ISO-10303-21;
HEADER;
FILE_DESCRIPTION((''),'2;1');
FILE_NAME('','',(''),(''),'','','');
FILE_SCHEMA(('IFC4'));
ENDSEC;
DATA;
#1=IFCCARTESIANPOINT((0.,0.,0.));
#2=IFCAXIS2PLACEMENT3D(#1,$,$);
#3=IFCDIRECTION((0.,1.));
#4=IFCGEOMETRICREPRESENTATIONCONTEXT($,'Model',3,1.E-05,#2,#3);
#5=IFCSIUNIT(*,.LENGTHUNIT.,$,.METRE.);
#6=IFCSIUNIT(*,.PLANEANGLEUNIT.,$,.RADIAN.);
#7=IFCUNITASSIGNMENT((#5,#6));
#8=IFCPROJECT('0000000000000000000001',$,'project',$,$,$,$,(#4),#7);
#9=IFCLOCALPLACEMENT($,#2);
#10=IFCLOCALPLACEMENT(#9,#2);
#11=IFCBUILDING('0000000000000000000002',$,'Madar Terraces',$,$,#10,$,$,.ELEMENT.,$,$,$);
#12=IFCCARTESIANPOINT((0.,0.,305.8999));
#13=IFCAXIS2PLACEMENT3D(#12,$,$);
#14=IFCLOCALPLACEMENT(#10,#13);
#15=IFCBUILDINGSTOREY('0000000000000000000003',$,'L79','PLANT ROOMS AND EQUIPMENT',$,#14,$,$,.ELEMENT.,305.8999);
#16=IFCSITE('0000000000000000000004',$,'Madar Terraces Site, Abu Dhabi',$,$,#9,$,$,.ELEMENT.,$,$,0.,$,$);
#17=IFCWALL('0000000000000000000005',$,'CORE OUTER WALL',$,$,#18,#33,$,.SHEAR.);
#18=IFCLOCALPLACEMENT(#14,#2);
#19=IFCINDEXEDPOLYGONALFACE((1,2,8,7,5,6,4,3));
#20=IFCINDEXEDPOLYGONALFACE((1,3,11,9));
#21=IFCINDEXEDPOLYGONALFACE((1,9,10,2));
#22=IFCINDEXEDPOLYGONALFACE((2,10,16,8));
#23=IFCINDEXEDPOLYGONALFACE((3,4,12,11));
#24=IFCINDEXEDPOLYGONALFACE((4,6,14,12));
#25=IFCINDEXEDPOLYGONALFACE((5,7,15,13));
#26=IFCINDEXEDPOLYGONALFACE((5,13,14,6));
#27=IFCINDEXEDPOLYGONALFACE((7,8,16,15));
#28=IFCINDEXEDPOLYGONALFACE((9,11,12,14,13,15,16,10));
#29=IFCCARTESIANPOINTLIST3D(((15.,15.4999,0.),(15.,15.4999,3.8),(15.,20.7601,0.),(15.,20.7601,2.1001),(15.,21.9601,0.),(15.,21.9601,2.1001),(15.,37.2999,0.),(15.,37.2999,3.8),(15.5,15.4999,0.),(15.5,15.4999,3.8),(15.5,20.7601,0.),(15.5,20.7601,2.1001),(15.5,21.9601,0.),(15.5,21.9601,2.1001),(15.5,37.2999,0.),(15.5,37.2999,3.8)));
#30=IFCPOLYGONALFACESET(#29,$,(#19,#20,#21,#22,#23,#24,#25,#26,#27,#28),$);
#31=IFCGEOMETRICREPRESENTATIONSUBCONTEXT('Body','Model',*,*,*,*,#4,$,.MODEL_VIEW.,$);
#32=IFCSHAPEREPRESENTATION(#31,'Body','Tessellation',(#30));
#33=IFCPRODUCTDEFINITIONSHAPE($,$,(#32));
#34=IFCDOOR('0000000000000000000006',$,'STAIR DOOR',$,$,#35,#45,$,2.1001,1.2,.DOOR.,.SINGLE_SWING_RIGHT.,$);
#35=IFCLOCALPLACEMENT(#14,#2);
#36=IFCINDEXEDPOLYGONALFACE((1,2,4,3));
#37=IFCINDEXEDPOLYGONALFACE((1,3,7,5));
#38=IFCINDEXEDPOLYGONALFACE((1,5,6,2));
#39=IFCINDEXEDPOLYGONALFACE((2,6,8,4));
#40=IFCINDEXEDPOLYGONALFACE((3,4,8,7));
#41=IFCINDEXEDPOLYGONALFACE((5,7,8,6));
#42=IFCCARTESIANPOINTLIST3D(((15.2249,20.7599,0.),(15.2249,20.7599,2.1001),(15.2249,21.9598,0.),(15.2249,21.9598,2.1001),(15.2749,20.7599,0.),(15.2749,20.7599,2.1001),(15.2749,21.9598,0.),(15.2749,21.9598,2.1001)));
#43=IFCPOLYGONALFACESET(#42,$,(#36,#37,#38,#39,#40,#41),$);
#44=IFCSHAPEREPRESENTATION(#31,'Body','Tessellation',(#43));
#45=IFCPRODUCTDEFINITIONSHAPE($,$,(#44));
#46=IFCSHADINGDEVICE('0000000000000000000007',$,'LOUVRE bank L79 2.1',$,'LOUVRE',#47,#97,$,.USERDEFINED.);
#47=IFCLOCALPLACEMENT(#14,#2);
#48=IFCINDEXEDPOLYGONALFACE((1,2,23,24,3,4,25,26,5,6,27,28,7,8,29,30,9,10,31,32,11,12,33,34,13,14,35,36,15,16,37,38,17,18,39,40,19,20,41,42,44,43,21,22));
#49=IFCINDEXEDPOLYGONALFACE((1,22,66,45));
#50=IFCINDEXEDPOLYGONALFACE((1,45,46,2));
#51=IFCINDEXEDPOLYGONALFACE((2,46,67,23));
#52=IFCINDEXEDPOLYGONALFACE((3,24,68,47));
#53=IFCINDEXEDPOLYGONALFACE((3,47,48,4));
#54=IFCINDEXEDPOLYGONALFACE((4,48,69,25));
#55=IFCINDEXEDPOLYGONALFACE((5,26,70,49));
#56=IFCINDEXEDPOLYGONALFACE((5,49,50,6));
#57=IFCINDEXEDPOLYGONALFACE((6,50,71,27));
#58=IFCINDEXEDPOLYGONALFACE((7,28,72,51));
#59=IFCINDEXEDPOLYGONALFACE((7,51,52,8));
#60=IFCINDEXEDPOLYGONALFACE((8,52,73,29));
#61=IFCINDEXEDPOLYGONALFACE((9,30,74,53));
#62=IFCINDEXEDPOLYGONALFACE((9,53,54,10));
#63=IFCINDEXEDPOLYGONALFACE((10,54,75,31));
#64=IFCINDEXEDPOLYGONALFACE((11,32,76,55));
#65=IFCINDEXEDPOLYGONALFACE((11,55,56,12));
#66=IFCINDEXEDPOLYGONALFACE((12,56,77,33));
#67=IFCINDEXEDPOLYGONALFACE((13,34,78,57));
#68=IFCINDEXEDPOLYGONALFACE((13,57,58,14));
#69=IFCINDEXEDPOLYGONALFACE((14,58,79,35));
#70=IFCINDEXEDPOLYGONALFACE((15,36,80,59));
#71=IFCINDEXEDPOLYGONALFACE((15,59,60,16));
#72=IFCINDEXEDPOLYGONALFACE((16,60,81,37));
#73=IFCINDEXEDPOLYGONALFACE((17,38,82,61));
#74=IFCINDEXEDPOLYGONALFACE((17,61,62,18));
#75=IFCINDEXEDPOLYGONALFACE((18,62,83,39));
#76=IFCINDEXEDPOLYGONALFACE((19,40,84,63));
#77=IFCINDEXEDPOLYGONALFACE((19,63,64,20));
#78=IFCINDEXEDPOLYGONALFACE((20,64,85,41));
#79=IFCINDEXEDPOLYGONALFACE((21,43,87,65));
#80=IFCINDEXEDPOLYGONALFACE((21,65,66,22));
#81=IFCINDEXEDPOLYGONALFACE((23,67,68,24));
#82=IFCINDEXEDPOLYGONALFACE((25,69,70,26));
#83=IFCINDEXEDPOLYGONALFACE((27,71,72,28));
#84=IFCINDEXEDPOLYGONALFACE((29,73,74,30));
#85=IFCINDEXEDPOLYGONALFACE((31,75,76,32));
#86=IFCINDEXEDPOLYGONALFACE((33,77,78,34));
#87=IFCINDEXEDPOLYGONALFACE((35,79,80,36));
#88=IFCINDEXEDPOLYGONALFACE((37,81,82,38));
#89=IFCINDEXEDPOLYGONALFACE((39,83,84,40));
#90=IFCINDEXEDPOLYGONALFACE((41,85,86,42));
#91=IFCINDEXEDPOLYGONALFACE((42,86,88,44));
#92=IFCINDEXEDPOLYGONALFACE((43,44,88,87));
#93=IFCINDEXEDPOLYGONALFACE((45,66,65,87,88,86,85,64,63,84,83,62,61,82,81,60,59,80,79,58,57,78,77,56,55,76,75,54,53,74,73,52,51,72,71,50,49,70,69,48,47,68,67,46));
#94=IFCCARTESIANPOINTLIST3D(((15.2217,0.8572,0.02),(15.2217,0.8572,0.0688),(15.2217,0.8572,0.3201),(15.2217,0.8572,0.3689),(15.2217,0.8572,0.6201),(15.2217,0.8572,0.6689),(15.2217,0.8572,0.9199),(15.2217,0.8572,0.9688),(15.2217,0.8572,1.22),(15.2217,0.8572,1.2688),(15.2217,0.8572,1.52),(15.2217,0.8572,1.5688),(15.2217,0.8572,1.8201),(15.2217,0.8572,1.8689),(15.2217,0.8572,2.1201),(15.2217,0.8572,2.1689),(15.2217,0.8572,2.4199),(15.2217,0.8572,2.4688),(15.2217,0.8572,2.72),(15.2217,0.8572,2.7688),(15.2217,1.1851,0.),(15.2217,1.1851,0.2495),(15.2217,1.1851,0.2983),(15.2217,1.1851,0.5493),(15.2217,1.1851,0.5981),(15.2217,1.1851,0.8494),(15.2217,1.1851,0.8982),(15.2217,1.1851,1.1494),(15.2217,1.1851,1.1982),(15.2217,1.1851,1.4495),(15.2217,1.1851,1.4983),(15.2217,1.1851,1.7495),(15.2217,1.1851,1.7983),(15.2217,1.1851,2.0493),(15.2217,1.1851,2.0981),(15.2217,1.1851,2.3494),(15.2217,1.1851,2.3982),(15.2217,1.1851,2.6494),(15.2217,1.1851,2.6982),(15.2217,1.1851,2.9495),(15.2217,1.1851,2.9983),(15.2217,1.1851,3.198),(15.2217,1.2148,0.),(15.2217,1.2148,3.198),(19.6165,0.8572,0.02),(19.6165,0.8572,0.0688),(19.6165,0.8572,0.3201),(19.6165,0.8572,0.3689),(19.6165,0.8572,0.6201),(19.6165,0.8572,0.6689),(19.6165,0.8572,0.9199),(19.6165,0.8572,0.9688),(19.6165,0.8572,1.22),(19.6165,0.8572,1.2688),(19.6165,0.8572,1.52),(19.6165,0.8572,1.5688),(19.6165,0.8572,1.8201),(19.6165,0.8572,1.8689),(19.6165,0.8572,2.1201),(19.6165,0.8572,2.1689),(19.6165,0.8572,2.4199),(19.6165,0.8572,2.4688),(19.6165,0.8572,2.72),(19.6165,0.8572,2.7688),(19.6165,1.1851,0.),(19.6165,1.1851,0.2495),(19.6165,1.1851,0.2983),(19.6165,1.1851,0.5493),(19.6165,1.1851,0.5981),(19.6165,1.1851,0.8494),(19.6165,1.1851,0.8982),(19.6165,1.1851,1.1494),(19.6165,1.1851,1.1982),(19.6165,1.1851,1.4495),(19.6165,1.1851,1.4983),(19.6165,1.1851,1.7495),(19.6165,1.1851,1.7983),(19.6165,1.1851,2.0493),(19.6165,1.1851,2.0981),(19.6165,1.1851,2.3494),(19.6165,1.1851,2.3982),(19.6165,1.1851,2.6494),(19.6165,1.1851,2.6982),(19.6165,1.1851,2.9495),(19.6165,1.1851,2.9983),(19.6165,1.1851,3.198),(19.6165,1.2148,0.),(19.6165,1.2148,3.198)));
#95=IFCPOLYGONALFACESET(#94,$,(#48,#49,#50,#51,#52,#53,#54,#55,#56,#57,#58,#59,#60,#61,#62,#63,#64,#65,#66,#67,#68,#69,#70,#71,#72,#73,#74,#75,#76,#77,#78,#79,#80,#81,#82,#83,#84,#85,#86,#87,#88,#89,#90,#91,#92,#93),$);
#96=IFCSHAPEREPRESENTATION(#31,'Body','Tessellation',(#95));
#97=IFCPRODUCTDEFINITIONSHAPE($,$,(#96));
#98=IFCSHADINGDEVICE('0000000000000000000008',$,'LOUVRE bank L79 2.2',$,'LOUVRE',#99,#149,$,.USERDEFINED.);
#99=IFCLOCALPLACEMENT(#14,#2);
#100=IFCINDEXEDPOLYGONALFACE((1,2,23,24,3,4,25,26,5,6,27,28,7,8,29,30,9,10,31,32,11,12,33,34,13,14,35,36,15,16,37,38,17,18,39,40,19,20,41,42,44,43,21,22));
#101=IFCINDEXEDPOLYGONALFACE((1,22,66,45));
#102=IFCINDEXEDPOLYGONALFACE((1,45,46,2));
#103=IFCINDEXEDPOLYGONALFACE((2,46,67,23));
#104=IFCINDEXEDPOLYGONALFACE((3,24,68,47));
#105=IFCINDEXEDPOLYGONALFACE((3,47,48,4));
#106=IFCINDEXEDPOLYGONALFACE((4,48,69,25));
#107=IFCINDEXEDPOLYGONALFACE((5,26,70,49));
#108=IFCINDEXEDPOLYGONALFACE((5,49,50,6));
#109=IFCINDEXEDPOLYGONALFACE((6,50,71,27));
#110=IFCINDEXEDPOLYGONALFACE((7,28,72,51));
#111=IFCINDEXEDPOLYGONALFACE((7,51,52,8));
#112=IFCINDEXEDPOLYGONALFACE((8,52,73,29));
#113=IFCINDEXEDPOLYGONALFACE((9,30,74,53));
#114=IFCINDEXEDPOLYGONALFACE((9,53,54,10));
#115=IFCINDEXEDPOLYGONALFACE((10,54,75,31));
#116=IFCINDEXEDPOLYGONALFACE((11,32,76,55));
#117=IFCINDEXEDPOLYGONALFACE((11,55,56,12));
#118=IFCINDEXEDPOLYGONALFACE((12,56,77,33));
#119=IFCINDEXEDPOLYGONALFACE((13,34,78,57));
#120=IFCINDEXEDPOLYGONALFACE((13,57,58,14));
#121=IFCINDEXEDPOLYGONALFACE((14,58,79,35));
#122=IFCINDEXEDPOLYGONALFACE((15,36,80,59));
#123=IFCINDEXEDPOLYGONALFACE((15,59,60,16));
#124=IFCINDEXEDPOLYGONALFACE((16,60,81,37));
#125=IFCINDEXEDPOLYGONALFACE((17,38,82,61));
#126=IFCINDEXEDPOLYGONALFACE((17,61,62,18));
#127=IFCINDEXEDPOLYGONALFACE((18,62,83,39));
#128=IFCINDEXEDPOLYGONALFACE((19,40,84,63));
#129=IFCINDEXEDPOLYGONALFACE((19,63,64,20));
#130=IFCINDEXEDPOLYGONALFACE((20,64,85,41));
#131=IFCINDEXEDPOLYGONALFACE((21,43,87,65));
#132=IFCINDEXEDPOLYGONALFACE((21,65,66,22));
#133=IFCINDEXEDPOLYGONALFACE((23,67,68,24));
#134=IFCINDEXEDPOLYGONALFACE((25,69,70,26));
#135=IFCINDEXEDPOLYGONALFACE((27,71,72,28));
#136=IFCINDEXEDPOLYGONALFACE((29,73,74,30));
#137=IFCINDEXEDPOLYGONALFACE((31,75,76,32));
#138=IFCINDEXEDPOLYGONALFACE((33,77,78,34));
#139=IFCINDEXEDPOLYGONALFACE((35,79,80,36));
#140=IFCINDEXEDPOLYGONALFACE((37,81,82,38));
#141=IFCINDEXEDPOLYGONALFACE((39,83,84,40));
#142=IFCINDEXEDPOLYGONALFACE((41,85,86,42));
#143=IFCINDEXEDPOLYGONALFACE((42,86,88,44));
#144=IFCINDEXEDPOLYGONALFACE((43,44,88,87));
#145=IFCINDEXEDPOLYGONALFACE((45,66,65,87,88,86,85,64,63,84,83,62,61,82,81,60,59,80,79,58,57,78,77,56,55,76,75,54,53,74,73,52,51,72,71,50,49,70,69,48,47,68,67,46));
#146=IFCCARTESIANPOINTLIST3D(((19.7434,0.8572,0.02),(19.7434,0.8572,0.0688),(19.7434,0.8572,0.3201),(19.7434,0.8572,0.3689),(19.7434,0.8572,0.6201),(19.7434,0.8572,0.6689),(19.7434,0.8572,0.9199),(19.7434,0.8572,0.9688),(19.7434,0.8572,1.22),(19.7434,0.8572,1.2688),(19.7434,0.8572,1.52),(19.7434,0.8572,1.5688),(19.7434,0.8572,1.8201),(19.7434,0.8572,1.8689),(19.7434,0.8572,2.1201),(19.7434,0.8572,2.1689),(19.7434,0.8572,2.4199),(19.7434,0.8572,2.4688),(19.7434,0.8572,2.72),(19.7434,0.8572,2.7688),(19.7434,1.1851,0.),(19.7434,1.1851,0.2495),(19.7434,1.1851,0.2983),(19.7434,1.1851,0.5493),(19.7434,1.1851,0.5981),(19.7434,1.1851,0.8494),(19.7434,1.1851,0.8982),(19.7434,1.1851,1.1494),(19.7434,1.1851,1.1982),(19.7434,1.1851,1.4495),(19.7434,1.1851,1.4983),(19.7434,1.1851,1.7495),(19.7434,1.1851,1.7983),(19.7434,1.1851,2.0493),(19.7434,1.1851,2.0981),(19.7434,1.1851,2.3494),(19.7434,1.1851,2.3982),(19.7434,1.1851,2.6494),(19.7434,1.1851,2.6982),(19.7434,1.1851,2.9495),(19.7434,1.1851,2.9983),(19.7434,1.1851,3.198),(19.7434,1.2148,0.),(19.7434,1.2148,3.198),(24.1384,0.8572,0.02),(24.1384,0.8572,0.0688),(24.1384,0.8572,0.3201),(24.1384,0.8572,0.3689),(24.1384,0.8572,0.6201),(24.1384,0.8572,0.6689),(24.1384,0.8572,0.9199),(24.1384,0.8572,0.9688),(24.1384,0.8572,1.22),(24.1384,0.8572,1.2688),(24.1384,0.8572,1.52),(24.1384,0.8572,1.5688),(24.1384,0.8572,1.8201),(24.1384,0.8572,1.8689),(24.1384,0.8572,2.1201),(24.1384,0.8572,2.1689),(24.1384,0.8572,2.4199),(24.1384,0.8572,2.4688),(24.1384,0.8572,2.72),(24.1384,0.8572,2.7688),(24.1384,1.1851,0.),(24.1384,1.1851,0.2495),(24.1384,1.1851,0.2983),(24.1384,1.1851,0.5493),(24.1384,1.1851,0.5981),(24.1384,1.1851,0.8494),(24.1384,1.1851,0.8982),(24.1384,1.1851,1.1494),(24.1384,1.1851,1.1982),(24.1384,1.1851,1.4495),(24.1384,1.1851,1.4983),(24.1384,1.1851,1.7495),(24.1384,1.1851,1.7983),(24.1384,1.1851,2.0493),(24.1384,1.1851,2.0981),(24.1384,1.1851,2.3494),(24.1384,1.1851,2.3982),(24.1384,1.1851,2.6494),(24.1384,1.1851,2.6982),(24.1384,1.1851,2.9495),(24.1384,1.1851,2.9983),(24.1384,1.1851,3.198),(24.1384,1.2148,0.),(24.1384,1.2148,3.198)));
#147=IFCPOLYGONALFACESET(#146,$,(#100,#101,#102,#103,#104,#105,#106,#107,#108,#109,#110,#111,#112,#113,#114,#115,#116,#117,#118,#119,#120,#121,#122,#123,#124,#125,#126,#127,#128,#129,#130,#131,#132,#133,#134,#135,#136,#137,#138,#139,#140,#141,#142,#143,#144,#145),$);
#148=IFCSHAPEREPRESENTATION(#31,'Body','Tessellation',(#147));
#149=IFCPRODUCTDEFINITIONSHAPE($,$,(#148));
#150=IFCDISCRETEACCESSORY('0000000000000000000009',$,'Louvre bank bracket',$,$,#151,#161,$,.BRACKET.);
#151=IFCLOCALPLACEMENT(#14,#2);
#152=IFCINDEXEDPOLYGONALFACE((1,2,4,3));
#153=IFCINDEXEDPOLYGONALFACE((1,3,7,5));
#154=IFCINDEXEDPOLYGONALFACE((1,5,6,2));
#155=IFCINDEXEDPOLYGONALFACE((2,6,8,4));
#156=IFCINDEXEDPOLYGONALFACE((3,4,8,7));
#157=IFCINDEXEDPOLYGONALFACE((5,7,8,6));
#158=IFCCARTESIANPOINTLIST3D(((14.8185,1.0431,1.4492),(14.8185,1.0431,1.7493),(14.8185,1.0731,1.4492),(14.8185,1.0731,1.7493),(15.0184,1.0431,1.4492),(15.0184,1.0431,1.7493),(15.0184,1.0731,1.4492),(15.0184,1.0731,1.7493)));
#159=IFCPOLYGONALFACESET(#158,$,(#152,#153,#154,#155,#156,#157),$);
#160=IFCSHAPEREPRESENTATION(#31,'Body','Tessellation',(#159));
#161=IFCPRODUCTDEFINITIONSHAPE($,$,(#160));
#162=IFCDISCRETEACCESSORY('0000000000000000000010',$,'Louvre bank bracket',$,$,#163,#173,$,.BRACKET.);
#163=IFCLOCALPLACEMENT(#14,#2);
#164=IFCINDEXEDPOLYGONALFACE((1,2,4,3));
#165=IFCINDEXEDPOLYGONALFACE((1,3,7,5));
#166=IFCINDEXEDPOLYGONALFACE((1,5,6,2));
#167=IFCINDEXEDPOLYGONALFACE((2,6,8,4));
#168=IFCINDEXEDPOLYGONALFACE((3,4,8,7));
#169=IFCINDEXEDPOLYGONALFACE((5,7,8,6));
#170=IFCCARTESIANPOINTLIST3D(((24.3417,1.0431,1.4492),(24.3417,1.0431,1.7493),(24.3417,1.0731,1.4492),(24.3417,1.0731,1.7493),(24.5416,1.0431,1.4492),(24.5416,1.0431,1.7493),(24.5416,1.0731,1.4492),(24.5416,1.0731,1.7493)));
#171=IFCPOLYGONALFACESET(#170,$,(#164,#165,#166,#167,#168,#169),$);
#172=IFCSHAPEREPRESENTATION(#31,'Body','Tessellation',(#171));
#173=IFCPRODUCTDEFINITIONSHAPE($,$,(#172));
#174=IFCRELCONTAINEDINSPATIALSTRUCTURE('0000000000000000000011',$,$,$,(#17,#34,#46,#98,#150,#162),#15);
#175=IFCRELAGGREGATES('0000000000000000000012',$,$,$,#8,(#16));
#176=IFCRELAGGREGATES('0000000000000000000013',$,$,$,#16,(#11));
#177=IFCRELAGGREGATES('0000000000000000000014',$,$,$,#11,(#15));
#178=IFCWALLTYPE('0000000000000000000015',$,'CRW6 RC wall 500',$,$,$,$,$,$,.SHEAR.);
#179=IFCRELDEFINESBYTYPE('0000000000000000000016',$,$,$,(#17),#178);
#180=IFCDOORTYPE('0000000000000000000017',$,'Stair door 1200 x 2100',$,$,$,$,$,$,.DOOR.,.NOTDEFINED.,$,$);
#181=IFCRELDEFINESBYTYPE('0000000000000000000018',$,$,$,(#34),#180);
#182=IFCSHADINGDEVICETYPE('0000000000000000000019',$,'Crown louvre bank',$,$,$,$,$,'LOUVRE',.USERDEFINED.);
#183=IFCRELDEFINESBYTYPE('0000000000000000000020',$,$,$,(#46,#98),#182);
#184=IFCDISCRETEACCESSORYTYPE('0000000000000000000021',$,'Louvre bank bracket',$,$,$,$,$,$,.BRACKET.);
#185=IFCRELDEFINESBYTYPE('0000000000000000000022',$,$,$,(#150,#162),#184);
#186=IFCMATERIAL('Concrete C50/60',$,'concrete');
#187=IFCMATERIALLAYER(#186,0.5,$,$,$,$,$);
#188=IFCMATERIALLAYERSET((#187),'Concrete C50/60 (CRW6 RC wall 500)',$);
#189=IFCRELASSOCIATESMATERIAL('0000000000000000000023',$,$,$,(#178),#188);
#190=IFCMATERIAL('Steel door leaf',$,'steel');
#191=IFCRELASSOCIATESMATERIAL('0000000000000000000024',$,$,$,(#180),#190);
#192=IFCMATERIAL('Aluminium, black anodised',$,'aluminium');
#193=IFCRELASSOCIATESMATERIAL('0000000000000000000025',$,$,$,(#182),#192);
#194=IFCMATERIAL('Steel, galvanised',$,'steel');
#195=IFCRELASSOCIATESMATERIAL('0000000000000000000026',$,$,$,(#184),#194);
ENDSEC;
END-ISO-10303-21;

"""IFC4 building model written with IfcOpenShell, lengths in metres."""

from ifc_helpers import new_model, si_unit, direction, frame, frame_2d, origin, origin_2d, place, context, subcontext, project, spatial, polyline, rectangle, outline, extrude, material, layer, layer_set, type_object, element, fill, save


model = new_model("IFC4")

# Units and contexts
model_context = context("Model", 3, precision=1e-05, world=origin(), true_north=direction((0.0, 1.0)))
body_context = subcontext(model_context, "Body", "Model", "MODEL_VIEW")
ifc_project = project(units=[si_unit("LENGTHUNIT", "METRE"), si_unit("PLANEANGLEUNIT", "RADIAN")], contexts=[model_context])

# Site, building, storey
site_placement = place(None, origin())
site = spatial("IfcSite", under=ifc_project, at=site_placement, Name="Madar Terraces Site, Abu Dhabi", CompositionType="ELEMENT", RefElevation=0.0)
building_placement = place(site_placement, origin())
building = spatial("IfcBuilding", under=site, at=building_placement, Name="Madar Terraces", CompositionType="ELEMENT")
storey_placement = place(building_placement, frame((0.0, 0.0, 305.8999)))
storey = spatial("IfcBuildingStorey", under=building, at=storey_placement, Name="L79", Description="PLANT ROOMS AND EQUIPMENT", CompositionType="ELEMENT", Elevation=305.8999)

# Wall, opening, door
ifc_material_1 = material(Name="Concrete C50/60", Category="concrete")
ifc_layer = layer(ifc_material_1, 0.5)
ifc_layer_set = layer_set([ifc_layer], Name="Concrete C50/60 (CRW6 RC wall 500)")
wall_type = type_object("IfcWallType", Name="CRW6 RC wall 500", PredefinedType="SHEAR", material=ifc_layer_set)
wall_1_placement = place(storey_placement, frame((15.25, 15.5, 0.0), z_axis=(0.0, 0.0, 1.0), x_axis=(0.0, 1.0, 0.0)))
wall_1 = element("IfcWall", 1, at=wall_1_placement, inside=storey, type_object=wall_type, Name="CORE OUTER WALL", PredefinedType="SHEAR", context=body_context, shape_type="SweptSolid", body=[
    extrude(rectangle(XDim=21.8, YDim=0.5, at=frame_2d((10.8999, 0.0))), origin(), (0.0, 0.0, 1.0), 3.8),
])
opening_1_placement = place(wall_1_placement, frame((5.26, 0.0, 0.0)))
opening_1 = element("IfcOpeningElement", 2, at=opening_1_placement, cuts=wall_1, PredefinedType="OPENING", context=body_context, shape_type="SweptSolid", body=[
    extrude(rectangle(XDim=1.2, YDim=2.1001, at=frame_2d((0.6001, 1.05))), frame((0.0, 0.26, 0.0), z_axis=(0.0, -1.0, 0.0), x_axis=(1.0, 0.0, 0.0)), (0.0, 0.0, 1.0), 0.52),
])
ifc_material_2 = material(Name="Steel door leaf", Category="steel")
door_type_1 = type_object("IfcDoorType", Name="Stair door 1200 x 2100", OperationType="NOTDEFINED", PredefinedType="DOOR", material=ifc_material_2)
door_1_placement = place(opening_1_placement, frame((1.2, 0.0, 0.0), z_axis=(0.0, 0.0, 1.0), x_axis=(-1.0, 0.0, 0.0)))
door_1 = element("IfcDoor", 3, at=door_1_placement, inside=storey, type_object=door_type_1, Name="STAIR DOOR", OperationType="SINGLE_SWING_RIGHT", OverallHeight=2.1001, OverallWidth=1.2, PredefinedType="DOOR", context=body_context, shape_type="SweptSolid", body=[
    extrude(rectangle(XDim=1.2, YDim=2.1001, at=frame_2d((0.6001, 1.05))), frame((0.0, 0.0249, 0.0), z_axis=(0.0, -1.0, 0.0), x_axis=(1.0, 0.0, 0.0)), (0.0, 0.0, 1.0), 0.05),
])
fill(opening_1, door_1)

# Shading devices
ifc_material_3 = material(Name="Aluminium, black anodised", Category="aluminium")
shading_device_type = type_object("IfcShadingDeviceType", Name="Crown louvre bank", ElementType="LOUVRE", PredefinedType="USERDEFINED", material=ifc_material_3)
shading_device_1_placement = place(storey_placement, frame((15.2217, 1.2, 0.0), z_axis=(1.0, 0.0, 0.0), x_axis=(0.0, 1.0, 0.0)))
element("IfcShadingDevice", 4, at=shading_device_1_placement, inside=storey, type_object=shading_device_type, Name="LOUVRE bank L79 2.1", ObjectType="LOUVRE", PredefinedType="USERDEFINED", context=body_context, shape_type="SweptSolid", body=[
    extrude(outline(polyline([(0.0149, 0.0), (-0.0149, 0.0), (-0.0149, 0.2495), (-0.3428, 0.02), (-0.3428, 0.0688), (-0.0149, 0.2983), (-0.0149, 0.5493), (-0.3428, 0.3201), (-0.3428, 0.3689), (-0.0149, 0.5981), (-0.0149, 0.8494), (-0.3428, 0.6201), (-0.3428, 0.6689), (-0.0149, 0.8982), (-0.0149, 1.1494), (-0.3428, 0.9199), (-0.3428, 0.9688), (-0.0149, 1.1982), (-0.0149, 1.4495), (-0.3428, 1.22), (-0.3428, 1.2688), (-0.0149, 1.4983), (-0.0149, 1.7495), (-0.3428, 1.52), (-0.3428, 1.5688), (-0.0149, 1.7983), (-0.0149, 2.0493), (-0.3428, 1.8201), (-0.3428, 1.8689), (-0.0149, 2.0981), (-0.0149, 2.3494), (-0.3428, 2.1201), (-0.3428, 2.1689), (-0.0149, 2.3982), (-0.0149, 2.6494), (-0.3428, 2.4199), (-0.3428, 2.4688), (-0.0149, 2.6982), (-0.0149, 2.9495), (-0.3428, 2.72), (-0.3428, 2.7688), (-0.0149, 2.9983), (-0.0149, 3.198), (0.0149, 3.198), (0.0149, 0.0)])), origin(), (0.0, 0.0, 1.0), 4.3948),
])
shading_device_2_placement = place(storey_placement, frame((19.7434, 1.2, 0.0), z_axis=(1.0, 0.0, 0.0), x_axis=(0.0, 1.0, 0.0)))
element("IfcShadingDevice", 5, at=shading_device_2_placement, inside=storey, type_object=shading_device_type, Name="LOUVRE bank L79 2.2", ObjectType="LOUVRE", PredefinedType="USERDEFINED", context=body_context, shape_type="SweptSolid", body=[
    extrude(outline(polyline([(0.0149, 0.0), (-0.0149, 0.0), (-0.0149, 0.2495), (-0.3428, 0.02), (-0.3428, 0.0688), (-0.0149, 0.2983), (-0.0149, 0.5493), (-0.3428, 0.3201), (-0.3428, 0.3689), (-0.0149, 0.5981), (-0.0149, 0.8494), (-0.3428, 0.6201), (-0.3428, 0.6689), (-0.0149, 0.8982), (-0.0149, 1.1494), (-0.3428, 0.9199), (-0.3428, 0.9688), (-0.0149, 1.1982), (-0.0149, 1.4495), (-0.3428, 1.22), (-0.3428, 1.2688), (-0.0149, 1.4983), (-0.0149, 1.7495), (-0.3428, 1.52), (-0.3428, 1.5688), (-0.0149, 1.7983), (-0.0149, 2.0493), (-0.3428, 1.8201), (-0.3428, 1.8689), (-0.0149, 2.0981), (-0.0149, 2.3494), (-0.3428, 2.1201), (-0.3428, 2.1689), (-0.0149, 2.3982), (-0.0149, 2.6494), (-0.3428, 2.4199), (-0.3428, 2.4688), (-0.0149, 2.6982), (-0.0149, 2.9495), (-0.3428, 2.72), (-0.3428, 2.7688), (-0.0149, 2.9983), (-0.0149, 3.198), (0.0149, 3.198), (0.0149, 0.0)])), origin(), (0.0, 0.0, 1.0), 4.395),
])

# Discrete accessories
ifc_material_4 = material(Name="Steel, galvanised", Category="steel")
discrete_accessory_type = type_object("IfcDiscreteAccessoryType", Name="Louvre bank bracket", PredefinedType="BRACKET", material=ifc_material_4)
for number, where, z_axis, x_axis, name in (
    (6, (14.9185, 1.0581, 1.4492), (0.0, 0.0, 1.0), (1.0, 0.0, 0.0), "Louvre bank bracket"),
    (7, (24.4417, 1.0581, 1.4492), (0.0, 0.0, 1.0), (1.0, 0.0, 0.0), "Louvre bank bracket"),
):
    element("IfcDiscreteAccessory", number, at=place(storey_placement, frame(where, z_axis=z_axis, x_axis=x_axis)), inside=storey, type_object=discrete_accessory_type, Name=name, PredefinedType="BRACKET", context=body_context, shape_type="SweptSolid", body=[
        extrude(rectangle(XDim=0.2, YDim=0.03, at=origin_2d()), origin(), (0.0, 0.0, 1.0), 0.3),
    ])

save(model, "model.ifc")
